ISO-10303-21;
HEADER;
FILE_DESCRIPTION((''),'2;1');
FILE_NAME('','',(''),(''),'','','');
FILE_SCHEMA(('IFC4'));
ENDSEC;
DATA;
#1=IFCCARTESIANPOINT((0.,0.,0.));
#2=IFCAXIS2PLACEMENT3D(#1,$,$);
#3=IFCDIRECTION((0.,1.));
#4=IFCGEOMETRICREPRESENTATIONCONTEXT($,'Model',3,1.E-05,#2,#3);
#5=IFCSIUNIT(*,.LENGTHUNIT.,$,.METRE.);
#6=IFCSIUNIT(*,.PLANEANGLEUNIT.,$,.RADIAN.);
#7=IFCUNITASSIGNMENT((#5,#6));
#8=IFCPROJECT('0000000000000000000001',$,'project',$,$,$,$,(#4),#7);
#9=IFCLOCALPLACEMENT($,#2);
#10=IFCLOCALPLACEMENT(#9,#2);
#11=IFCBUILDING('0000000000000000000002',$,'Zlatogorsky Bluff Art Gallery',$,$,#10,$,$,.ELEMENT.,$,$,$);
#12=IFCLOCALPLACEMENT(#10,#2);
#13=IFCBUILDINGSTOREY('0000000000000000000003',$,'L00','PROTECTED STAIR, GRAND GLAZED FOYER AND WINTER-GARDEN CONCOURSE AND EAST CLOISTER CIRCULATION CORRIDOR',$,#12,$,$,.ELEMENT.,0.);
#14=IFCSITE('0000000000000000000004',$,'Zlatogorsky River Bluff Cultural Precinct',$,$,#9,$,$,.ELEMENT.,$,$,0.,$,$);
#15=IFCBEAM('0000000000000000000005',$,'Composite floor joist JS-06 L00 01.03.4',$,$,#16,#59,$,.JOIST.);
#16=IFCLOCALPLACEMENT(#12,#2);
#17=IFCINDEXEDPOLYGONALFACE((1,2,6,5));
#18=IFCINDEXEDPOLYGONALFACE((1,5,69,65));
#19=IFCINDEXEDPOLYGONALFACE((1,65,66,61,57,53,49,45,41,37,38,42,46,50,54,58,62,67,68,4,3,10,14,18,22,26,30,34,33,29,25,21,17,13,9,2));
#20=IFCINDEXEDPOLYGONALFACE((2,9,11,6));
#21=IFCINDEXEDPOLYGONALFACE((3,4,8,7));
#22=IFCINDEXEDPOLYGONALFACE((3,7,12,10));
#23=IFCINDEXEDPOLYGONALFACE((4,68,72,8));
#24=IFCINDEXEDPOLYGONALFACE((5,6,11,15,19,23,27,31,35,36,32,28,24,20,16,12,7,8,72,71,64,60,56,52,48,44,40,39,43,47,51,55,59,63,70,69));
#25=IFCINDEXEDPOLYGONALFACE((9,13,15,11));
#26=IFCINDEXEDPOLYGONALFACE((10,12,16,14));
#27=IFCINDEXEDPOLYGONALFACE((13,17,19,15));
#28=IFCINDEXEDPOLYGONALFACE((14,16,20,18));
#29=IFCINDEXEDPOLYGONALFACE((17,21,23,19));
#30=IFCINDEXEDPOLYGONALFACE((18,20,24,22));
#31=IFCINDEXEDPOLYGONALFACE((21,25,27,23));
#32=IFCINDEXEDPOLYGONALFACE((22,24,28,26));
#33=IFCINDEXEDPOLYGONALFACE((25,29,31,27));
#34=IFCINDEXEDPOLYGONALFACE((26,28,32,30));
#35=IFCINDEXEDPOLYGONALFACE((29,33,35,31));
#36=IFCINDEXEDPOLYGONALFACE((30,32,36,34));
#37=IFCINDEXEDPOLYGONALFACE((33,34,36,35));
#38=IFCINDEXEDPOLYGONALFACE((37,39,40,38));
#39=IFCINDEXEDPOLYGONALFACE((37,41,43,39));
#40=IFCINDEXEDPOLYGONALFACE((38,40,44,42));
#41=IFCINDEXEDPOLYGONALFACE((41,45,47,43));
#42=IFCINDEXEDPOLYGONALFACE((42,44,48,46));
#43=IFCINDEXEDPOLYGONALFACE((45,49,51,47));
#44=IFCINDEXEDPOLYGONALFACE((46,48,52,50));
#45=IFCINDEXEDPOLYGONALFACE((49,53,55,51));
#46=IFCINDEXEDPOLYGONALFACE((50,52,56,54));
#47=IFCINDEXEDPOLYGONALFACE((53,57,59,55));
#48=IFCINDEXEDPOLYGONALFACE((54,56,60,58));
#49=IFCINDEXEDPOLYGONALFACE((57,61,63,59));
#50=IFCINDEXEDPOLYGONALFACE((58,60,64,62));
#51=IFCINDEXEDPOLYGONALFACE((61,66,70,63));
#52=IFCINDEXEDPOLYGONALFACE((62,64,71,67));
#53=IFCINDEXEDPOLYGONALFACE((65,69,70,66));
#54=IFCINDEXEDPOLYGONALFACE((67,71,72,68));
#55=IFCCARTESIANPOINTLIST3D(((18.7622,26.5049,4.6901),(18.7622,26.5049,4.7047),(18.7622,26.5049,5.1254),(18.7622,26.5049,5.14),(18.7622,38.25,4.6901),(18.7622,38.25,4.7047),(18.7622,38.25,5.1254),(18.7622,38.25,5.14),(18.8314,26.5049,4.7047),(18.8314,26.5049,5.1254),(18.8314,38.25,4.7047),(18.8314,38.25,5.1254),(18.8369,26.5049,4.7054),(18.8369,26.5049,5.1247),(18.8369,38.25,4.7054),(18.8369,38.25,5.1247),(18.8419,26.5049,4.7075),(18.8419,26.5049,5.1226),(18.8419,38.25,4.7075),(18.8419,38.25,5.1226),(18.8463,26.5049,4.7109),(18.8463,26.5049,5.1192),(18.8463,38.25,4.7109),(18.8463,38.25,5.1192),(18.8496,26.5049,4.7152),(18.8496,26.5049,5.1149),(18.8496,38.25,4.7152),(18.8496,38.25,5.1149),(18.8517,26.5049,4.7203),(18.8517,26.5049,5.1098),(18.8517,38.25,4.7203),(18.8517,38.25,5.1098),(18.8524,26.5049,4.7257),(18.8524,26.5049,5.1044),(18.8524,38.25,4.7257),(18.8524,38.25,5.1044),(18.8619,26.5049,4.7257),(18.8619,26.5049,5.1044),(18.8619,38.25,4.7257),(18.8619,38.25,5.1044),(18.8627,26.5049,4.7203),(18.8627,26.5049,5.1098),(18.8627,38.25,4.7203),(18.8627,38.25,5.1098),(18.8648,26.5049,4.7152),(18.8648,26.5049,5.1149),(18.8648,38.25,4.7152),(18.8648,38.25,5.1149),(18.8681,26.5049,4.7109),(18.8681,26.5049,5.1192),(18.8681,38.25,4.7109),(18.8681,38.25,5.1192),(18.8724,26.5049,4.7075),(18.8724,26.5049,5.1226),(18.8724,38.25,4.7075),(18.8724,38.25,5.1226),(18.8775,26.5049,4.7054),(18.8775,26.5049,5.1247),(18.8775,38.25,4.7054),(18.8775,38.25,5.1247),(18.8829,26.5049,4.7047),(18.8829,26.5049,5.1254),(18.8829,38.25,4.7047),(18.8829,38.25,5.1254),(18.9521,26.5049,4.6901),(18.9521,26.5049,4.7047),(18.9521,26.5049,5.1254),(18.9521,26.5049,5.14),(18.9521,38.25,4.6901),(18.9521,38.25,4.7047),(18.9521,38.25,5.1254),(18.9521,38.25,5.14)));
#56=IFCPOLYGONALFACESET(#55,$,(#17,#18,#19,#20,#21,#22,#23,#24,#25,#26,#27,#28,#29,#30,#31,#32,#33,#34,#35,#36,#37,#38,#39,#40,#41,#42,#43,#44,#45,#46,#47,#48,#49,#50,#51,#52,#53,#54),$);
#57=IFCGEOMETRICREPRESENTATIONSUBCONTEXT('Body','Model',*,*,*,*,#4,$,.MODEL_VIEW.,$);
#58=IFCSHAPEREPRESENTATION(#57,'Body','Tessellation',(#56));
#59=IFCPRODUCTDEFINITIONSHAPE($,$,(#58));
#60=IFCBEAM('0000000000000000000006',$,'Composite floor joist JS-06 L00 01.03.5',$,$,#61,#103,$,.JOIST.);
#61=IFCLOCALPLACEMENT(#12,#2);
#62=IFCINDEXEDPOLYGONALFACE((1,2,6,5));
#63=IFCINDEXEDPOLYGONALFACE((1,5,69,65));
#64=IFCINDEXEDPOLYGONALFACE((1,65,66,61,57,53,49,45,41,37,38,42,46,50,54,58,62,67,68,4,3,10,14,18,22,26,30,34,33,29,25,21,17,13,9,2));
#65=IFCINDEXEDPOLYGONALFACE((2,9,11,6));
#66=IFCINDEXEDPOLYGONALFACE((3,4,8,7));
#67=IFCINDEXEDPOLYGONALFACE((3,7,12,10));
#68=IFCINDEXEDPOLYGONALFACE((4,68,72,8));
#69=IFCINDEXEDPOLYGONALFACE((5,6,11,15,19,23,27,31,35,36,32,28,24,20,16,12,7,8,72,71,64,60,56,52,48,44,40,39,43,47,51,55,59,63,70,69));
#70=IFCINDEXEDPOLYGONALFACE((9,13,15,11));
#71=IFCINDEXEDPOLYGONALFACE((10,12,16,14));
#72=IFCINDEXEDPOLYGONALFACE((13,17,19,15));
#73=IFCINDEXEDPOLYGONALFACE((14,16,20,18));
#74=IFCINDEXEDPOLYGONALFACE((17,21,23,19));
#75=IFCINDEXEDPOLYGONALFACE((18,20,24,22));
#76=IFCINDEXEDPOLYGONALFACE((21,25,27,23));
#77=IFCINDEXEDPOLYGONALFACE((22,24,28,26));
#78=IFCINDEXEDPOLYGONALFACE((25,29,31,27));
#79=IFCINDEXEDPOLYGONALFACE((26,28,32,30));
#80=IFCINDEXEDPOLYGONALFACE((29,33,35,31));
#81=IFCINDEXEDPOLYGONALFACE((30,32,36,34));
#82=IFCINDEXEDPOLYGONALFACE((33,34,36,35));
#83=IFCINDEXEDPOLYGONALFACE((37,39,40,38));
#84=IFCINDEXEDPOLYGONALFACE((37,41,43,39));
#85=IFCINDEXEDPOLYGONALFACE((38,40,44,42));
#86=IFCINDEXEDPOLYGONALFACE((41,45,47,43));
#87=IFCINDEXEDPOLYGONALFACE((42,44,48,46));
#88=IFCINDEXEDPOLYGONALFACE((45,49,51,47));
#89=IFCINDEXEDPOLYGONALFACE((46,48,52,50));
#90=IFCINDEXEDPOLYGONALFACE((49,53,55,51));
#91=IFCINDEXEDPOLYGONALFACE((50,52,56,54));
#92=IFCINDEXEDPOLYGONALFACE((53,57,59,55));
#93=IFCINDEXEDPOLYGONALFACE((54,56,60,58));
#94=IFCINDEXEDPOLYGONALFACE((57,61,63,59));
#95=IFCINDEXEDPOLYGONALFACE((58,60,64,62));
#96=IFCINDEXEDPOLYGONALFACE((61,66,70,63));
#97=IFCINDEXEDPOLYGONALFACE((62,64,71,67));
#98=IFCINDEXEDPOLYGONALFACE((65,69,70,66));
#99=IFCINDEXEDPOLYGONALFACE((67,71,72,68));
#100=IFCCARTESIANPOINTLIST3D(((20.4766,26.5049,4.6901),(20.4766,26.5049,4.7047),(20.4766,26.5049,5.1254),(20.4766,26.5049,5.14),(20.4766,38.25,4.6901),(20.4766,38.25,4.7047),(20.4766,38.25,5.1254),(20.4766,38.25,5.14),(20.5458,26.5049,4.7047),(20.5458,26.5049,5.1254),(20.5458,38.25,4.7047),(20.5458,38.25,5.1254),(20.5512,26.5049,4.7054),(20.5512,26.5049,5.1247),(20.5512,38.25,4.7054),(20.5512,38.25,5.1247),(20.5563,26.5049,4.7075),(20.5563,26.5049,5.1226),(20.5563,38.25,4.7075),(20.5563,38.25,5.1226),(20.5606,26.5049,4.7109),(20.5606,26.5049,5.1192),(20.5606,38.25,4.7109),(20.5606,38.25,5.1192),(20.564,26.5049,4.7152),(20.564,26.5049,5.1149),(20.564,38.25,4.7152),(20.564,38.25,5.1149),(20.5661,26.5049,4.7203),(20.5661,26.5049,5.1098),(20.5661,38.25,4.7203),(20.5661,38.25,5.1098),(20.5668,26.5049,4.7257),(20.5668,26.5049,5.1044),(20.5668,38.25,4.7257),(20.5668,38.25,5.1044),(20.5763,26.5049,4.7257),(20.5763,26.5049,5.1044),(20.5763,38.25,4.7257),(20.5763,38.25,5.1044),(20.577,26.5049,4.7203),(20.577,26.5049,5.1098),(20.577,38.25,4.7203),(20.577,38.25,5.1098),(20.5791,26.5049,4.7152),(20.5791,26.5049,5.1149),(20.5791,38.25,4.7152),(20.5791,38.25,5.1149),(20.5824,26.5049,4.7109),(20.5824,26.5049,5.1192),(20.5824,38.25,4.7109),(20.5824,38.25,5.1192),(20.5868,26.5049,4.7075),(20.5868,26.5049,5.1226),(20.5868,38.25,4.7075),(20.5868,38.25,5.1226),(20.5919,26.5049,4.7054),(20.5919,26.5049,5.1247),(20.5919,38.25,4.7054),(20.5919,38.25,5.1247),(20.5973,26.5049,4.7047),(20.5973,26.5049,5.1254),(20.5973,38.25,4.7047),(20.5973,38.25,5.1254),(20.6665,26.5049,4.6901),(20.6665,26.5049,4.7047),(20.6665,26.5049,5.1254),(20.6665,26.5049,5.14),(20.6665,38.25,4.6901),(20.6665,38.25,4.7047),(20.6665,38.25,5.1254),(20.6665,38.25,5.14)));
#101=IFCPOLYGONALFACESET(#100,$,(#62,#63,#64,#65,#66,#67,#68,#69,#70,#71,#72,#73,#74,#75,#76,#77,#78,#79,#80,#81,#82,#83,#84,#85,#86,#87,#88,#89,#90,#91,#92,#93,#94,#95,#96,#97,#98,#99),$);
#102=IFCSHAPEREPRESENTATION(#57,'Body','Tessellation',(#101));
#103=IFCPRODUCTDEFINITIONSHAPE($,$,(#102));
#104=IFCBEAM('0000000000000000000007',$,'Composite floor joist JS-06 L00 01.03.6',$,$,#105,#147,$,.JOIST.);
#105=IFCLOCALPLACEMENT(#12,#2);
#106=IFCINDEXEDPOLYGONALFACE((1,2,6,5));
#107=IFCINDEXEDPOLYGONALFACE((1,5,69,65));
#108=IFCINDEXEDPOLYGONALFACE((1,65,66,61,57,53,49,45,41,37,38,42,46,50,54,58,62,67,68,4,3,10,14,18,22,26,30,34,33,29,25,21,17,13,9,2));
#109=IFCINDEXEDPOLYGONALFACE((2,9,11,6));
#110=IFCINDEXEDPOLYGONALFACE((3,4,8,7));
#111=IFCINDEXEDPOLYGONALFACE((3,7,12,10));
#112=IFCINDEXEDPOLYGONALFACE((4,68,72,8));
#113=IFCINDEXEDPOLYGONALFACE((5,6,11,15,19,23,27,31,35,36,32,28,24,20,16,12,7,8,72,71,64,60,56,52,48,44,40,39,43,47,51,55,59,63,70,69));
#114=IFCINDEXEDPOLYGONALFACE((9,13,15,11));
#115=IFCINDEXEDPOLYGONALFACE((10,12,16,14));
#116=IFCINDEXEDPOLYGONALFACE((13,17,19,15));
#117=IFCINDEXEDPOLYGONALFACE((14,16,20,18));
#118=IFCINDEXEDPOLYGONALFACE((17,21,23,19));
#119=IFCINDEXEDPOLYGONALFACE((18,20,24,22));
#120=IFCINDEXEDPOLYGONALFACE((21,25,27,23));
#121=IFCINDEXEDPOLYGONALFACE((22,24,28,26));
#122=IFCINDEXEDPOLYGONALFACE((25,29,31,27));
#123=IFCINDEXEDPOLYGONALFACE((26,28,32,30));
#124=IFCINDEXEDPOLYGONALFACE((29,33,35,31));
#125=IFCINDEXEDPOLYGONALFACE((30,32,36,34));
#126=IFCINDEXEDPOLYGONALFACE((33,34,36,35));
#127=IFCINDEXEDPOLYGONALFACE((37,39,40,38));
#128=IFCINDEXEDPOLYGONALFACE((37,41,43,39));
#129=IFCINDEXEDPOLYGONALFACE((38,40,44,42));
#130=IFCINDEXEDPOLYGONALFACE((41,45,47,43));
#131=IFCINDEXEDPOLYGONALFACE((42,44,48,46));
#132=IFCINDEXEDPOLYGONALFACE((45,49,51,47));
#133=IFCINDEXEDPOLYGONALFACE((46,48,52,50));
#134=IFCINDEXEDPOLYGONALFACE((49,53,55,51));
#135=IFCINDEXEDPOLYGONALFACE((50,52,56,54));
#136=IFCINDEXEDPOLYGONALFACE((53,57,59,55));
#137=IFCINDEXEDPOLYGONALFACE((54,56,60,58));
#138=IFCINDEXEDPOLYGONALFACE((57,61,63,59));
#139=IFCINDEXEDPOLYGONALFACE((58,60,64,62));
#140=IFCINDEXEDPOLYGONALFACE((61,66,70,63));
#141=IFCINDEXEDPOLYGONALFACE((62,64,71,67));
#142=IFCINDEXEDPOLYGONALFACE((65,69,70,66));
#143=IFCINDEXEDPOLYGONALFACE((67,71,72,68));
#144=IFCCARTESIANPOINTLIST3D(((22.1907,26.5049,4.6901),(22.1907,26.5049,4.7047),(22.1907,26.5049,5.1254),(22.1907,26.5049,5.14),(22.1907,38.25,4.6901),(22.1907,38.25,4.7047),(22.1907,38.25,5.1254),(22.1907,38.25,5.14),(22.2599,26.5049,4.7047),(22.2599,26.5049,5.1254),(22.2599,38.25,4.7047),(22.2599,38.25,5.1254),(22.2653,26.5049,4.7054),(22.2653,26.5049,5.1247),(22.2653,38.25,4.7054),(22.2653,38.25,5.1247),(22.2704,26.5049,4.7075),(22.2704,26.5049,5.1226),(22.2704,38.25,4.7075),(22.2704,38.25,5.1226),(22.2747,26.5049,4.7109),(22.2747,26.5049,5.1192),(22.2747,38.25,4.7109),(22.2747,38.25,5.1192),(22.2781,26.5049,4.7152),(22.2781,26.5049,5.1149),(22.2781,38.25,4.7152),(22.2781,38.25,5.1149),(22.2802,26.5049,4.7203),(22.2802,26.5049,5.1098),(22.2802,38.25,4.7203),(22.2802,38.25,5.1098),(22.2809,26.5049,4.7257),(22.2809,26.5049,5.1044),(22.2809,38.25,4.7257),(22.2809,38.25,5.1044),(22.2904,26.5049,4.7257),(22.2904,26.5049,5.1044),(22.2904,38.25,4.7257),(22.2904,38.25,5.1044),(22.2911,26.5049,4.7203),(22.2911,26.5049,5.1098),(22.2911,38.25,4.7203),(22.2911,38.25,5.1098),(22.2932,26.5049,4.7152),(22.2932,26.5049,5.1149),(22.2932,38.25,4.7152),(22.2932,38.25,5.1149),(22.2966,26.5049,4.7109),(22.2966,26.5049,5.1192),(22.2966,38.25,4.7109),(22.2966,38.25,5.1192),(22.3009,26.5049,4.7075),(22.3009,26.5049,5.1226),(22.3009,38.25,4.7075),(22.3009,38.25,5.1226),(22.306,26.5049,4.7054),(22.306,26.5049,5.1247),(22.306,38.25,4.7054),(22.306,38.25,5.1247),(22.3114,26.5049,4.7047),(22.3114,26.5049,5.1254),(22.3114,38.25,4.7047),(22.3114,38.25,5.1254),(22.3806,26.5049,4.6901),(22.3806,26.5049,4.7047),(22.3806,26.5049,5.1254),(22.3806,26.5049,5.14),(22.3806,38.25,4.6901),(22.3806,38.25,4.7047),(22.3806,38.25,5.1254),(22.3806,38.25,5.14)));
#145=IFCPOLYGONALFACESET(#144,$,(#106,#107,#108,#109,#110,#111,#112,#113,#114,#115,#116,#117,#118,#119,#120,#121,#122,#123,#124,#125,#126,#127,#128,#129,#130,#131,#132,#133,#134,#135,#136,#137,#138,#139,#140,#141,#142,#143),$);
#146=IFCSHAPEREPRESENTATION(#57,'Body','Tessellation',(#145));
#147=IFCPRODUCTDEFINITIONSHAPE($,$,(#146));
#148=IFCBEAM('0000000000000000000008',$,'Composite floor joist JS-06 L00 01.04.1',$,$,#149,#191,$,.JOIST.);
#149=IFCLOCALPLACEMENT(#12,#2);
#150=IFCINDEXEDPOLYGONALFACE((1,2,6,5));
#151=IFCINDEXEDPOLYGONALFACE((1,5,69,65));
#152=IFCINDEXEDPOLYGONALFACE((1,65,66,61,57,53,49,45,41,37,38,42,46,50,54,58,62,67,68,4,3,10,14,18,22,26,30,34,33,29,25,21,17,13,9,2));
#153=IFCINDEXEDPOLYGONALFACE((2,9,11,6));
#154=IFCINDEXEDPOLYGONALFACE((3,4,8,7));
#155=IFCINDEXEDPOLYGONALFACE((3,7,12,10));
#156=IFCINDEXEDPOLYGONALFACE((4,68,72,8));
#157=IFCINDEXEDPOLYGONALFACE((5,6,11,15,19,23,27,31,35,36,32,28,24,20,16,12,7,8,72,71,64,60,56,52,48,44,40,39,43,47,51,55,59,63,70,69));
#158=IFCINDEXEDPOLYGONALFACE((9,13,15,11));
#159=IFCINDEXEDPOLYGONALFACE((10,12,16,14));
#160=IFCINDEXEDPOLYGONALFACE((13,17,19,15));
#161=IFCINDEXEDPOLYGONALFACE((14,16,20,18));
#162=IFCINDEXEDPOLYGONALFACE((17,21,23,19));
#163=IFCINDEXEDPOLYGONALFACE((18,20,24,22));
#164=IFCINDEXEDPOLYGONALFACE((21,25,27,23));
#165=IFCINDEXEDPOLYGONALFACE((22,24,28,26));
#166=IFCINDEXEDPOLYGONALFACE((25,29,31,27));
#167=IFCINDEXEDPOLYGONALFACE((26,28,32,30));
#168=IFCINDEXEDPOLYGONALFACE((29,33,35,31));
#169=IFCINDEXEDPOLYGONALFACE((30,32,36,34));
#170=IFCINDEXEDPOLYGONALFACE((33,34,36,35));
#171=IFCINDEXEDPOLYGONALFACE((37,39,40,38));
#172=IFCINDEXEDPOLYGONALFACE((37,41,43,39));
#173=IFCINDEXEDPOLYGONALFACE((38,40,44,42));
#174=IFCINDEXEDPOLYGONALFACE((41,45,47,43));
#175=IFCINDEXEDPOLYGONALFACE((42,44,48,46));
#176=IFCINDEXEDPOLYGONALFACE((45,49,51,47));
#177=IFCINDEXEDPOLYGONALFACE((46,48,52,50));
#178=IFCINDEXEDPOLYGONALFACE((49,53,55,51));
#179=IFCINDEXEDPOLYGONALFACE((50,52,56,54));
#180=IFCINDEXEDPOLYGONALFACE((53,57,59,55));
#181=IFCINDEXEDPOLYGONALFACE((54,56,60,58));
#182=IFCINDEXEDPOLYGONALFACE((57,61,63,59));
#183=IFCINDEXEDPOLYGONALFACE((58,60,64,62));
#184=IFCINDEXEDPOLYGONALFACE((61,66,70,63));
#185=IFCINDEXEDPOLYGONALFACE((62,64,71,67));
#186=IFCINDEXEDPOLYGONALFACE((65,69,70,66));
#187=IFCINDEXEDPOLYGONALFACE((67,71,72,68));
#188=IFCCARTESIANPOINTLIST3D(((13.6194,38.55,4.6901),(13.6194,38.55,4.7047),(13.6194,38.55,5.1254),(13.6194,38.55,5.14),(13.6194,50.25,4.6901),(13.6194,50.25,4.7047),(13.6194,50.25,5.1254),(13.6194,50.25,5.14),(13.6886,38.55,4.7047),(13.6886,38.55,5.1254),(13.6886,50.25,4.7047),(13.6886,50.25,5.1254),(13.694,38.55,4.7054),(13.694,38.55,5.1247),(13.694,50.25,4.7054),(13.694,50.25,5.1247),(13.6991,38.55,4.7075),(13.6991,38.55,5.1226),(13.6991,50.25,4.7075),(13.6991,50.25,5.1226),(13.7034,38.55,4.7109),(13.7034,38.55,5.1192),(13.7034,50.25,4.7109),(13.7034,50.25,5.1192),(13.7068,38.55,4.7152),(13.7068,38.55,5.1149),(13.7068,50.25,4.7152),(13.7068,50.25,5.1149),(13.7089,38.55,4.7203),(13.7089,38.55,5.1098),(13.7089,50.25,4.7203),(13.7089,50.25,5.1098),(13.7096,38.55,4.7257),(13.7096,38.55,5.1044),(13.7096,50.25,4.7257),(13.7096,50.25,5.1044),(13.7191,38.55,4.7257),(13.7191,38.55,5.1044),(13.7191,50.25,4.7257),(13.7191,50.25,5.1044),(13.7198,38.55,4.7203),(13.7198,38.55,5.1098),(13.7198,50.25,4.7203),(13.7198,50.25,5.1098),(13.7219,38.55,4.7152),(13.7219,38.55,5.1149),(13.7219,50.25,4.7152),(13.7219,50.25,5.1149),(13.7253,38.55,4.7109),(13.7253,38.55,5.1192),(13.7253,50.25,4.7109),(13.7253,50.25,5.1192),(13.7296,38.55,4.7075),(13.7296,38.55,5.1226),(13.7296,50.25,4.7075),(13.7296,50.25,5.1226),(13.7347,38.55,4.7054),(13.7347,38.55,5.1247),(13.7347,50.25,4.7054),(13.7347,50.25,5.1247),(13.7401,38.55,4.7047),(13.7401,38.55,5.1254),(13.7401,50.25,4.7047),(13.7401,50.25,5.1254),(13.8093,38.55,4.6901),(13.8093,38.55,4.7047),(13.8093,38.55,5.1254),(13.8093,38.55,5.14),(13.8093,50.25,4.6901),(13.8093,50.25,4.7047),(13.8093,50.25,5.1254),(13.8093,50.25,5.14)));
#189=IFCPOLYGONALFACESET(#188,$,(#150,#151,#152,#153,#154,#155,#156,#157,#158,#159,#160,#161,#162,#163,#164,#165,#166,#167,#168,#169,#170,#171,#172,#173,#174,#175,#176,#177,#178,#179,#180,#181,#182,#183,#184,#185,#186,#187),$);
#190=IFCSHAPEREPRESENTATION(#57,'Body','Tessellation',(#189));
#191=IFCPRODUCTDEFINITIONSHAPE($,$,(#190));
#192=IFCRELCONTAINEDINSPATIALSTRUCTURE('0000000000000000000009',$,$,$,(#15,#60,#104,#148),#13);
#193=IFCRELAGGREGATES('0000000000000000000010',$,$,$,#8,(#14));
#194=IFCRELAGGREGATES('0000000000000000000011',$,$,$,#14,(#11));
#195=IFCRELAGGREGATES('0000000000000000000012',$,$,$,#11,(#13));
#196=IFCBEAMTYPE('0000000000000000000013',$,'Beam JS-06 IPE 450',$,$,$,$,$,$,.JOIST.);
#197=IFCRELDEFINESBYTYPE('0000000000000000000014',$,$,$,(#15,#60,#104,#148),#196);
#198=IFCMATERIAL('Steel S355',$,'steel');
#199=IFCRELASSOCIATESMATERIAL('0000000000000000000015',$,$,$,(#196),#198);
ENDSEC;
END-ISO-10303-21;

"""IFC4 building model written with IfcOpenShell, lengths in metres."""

from ifc_helpers import new_model, si_unit, direction, frame, origin, origin_2d, place, context, subcontext, project, spatial, i_section, extrude, material, material_profile, profile_set, type_object, element, save


model = new_model("IFC4")

# Units and contexts
model_context = context("Model", 3, precision=1e-05, world=origin(), true_north=direction((0.0, 1.0)))
body_context = subcontext(model_context, "Body", "Model", "MODEL_VIEW")
ifc_project = project(units=[si_unit("LENGTHUNIT", "METRE"), si_unit("PLANEANGLEUNIT", "RADIAN")], contexts=[model_context])

# Site, building, storey
site_placement = place(None, origin())
site = spatial("IfcSite", under=ifc_project, at=site_placement, Name="Zlatogorsky River Bluff Cultural Precinct", CompositionType="ELEMENT", RefElevation=0.0)
building_placement = place(site_placement, origin())
building = spatial("IfcBuilding", under=site, at=building_placement, Name="Zlatogorsky Bluff Art Gallery", CompositionType="ELEMENT")
storey_placement = place(building_placement, origin())
storey = spatial("IfcBuildingStorey", under=building, at=storey_placement, Name="L00", Description="PROTECTED STAIR, GRAND GLAZED FOYER AND WINTER-GARDEN CONCOURSE AND EAST CLOISTER CIRCULATION CORRIDOR", CompositionType="ELEMENT", Elevation=0.0)

# Shared definitions
ifc_material_1 = material(Name="Steel S355", Category="steel")

# Beams
ifc_material_profile_1 = material_profile(ifc_material_1, i_section(OverallWidth=0.1899, OverallDepth=0.45, WebThickness=0.0095, FlangeThickness=0.0146, FilletRadius=0.021, at=origin_2d()), Name="IPE 450")
ifc_profile_set_1 = profile_set([ifc_material_profile_1], Name="Steel S355")
beam_type_1 = type_object("IfcBeamType", Name="Beam JS-06 IPE 450", PredefinedType="JOIST", material=ifc_profile_set_1)
for number, where, z_axis, x_axis, name in (
    (1, (18.8572, 26.5049, 4.915), (0.0, 1.0, 0.0), (-1.0, 0.0, 0.0), "Composite floor joist JS-06 L00 01.03.4"),
    (2, (20.5715, 26.5049, 4.915), (0.0, 1.0, 0.0), (-1.0, 0.0, 0.0), "Composite floor joist JS-06 L00 01.03.5"),
    (3, (22.2856, 26.5049, 4.915), (0.0, 1.0, 0.0), (-1.0, 0.0, 0.0), "Composite floor joist JS-06 L00 01.03.6"),
):
    element("IfcBeam", number, at=place(storey_placement, frame(where, z_axis=z_axis, x_axis=x_axis)), inside=storey, type_object=beam_type_1, Name=name, PredefinedType="JOIST", context=body_context, shape_type="SweptSolid", body=[
        extrude(i_section(OverallWidth=0.1899, OverallDepth=0.45, WebThickness=0.0095, FlangeThickness=0.0146, FilletRadius=0.021, at=origin_2d()), origin(), (0.0, 0.0, 1.0), 11.7451),
    ])
for number, where, z_axis, x_axis, name in (
    (4, (13.7144, 38.55, 4.915), (0.0, 1.0, 0.0), (-1.0, 0.0, 0.0), "Composite floor joist JS-06 L00 01.04.1"),
):
    element("IfcBeam", number, at=place(storey_placement, frame(where, z_axis=z_axis, x_axis=x_axis)), inside=storey, type_object=beam_type_1, Name=name, PredefinedType="JOIST", context=body_context, shape_type="SweptSolid", body=[
        extrude(i_section(OverallWidth=0.1899, OverallDepth=0.45, WebThickness=0.0095, FlangeThickness=0.0146, FilletRadius=0.021, at=origin_2d()), origin(), (0.0, 0.0, 1.0), 11.7),
    ])

save(model, "model.ifc")
